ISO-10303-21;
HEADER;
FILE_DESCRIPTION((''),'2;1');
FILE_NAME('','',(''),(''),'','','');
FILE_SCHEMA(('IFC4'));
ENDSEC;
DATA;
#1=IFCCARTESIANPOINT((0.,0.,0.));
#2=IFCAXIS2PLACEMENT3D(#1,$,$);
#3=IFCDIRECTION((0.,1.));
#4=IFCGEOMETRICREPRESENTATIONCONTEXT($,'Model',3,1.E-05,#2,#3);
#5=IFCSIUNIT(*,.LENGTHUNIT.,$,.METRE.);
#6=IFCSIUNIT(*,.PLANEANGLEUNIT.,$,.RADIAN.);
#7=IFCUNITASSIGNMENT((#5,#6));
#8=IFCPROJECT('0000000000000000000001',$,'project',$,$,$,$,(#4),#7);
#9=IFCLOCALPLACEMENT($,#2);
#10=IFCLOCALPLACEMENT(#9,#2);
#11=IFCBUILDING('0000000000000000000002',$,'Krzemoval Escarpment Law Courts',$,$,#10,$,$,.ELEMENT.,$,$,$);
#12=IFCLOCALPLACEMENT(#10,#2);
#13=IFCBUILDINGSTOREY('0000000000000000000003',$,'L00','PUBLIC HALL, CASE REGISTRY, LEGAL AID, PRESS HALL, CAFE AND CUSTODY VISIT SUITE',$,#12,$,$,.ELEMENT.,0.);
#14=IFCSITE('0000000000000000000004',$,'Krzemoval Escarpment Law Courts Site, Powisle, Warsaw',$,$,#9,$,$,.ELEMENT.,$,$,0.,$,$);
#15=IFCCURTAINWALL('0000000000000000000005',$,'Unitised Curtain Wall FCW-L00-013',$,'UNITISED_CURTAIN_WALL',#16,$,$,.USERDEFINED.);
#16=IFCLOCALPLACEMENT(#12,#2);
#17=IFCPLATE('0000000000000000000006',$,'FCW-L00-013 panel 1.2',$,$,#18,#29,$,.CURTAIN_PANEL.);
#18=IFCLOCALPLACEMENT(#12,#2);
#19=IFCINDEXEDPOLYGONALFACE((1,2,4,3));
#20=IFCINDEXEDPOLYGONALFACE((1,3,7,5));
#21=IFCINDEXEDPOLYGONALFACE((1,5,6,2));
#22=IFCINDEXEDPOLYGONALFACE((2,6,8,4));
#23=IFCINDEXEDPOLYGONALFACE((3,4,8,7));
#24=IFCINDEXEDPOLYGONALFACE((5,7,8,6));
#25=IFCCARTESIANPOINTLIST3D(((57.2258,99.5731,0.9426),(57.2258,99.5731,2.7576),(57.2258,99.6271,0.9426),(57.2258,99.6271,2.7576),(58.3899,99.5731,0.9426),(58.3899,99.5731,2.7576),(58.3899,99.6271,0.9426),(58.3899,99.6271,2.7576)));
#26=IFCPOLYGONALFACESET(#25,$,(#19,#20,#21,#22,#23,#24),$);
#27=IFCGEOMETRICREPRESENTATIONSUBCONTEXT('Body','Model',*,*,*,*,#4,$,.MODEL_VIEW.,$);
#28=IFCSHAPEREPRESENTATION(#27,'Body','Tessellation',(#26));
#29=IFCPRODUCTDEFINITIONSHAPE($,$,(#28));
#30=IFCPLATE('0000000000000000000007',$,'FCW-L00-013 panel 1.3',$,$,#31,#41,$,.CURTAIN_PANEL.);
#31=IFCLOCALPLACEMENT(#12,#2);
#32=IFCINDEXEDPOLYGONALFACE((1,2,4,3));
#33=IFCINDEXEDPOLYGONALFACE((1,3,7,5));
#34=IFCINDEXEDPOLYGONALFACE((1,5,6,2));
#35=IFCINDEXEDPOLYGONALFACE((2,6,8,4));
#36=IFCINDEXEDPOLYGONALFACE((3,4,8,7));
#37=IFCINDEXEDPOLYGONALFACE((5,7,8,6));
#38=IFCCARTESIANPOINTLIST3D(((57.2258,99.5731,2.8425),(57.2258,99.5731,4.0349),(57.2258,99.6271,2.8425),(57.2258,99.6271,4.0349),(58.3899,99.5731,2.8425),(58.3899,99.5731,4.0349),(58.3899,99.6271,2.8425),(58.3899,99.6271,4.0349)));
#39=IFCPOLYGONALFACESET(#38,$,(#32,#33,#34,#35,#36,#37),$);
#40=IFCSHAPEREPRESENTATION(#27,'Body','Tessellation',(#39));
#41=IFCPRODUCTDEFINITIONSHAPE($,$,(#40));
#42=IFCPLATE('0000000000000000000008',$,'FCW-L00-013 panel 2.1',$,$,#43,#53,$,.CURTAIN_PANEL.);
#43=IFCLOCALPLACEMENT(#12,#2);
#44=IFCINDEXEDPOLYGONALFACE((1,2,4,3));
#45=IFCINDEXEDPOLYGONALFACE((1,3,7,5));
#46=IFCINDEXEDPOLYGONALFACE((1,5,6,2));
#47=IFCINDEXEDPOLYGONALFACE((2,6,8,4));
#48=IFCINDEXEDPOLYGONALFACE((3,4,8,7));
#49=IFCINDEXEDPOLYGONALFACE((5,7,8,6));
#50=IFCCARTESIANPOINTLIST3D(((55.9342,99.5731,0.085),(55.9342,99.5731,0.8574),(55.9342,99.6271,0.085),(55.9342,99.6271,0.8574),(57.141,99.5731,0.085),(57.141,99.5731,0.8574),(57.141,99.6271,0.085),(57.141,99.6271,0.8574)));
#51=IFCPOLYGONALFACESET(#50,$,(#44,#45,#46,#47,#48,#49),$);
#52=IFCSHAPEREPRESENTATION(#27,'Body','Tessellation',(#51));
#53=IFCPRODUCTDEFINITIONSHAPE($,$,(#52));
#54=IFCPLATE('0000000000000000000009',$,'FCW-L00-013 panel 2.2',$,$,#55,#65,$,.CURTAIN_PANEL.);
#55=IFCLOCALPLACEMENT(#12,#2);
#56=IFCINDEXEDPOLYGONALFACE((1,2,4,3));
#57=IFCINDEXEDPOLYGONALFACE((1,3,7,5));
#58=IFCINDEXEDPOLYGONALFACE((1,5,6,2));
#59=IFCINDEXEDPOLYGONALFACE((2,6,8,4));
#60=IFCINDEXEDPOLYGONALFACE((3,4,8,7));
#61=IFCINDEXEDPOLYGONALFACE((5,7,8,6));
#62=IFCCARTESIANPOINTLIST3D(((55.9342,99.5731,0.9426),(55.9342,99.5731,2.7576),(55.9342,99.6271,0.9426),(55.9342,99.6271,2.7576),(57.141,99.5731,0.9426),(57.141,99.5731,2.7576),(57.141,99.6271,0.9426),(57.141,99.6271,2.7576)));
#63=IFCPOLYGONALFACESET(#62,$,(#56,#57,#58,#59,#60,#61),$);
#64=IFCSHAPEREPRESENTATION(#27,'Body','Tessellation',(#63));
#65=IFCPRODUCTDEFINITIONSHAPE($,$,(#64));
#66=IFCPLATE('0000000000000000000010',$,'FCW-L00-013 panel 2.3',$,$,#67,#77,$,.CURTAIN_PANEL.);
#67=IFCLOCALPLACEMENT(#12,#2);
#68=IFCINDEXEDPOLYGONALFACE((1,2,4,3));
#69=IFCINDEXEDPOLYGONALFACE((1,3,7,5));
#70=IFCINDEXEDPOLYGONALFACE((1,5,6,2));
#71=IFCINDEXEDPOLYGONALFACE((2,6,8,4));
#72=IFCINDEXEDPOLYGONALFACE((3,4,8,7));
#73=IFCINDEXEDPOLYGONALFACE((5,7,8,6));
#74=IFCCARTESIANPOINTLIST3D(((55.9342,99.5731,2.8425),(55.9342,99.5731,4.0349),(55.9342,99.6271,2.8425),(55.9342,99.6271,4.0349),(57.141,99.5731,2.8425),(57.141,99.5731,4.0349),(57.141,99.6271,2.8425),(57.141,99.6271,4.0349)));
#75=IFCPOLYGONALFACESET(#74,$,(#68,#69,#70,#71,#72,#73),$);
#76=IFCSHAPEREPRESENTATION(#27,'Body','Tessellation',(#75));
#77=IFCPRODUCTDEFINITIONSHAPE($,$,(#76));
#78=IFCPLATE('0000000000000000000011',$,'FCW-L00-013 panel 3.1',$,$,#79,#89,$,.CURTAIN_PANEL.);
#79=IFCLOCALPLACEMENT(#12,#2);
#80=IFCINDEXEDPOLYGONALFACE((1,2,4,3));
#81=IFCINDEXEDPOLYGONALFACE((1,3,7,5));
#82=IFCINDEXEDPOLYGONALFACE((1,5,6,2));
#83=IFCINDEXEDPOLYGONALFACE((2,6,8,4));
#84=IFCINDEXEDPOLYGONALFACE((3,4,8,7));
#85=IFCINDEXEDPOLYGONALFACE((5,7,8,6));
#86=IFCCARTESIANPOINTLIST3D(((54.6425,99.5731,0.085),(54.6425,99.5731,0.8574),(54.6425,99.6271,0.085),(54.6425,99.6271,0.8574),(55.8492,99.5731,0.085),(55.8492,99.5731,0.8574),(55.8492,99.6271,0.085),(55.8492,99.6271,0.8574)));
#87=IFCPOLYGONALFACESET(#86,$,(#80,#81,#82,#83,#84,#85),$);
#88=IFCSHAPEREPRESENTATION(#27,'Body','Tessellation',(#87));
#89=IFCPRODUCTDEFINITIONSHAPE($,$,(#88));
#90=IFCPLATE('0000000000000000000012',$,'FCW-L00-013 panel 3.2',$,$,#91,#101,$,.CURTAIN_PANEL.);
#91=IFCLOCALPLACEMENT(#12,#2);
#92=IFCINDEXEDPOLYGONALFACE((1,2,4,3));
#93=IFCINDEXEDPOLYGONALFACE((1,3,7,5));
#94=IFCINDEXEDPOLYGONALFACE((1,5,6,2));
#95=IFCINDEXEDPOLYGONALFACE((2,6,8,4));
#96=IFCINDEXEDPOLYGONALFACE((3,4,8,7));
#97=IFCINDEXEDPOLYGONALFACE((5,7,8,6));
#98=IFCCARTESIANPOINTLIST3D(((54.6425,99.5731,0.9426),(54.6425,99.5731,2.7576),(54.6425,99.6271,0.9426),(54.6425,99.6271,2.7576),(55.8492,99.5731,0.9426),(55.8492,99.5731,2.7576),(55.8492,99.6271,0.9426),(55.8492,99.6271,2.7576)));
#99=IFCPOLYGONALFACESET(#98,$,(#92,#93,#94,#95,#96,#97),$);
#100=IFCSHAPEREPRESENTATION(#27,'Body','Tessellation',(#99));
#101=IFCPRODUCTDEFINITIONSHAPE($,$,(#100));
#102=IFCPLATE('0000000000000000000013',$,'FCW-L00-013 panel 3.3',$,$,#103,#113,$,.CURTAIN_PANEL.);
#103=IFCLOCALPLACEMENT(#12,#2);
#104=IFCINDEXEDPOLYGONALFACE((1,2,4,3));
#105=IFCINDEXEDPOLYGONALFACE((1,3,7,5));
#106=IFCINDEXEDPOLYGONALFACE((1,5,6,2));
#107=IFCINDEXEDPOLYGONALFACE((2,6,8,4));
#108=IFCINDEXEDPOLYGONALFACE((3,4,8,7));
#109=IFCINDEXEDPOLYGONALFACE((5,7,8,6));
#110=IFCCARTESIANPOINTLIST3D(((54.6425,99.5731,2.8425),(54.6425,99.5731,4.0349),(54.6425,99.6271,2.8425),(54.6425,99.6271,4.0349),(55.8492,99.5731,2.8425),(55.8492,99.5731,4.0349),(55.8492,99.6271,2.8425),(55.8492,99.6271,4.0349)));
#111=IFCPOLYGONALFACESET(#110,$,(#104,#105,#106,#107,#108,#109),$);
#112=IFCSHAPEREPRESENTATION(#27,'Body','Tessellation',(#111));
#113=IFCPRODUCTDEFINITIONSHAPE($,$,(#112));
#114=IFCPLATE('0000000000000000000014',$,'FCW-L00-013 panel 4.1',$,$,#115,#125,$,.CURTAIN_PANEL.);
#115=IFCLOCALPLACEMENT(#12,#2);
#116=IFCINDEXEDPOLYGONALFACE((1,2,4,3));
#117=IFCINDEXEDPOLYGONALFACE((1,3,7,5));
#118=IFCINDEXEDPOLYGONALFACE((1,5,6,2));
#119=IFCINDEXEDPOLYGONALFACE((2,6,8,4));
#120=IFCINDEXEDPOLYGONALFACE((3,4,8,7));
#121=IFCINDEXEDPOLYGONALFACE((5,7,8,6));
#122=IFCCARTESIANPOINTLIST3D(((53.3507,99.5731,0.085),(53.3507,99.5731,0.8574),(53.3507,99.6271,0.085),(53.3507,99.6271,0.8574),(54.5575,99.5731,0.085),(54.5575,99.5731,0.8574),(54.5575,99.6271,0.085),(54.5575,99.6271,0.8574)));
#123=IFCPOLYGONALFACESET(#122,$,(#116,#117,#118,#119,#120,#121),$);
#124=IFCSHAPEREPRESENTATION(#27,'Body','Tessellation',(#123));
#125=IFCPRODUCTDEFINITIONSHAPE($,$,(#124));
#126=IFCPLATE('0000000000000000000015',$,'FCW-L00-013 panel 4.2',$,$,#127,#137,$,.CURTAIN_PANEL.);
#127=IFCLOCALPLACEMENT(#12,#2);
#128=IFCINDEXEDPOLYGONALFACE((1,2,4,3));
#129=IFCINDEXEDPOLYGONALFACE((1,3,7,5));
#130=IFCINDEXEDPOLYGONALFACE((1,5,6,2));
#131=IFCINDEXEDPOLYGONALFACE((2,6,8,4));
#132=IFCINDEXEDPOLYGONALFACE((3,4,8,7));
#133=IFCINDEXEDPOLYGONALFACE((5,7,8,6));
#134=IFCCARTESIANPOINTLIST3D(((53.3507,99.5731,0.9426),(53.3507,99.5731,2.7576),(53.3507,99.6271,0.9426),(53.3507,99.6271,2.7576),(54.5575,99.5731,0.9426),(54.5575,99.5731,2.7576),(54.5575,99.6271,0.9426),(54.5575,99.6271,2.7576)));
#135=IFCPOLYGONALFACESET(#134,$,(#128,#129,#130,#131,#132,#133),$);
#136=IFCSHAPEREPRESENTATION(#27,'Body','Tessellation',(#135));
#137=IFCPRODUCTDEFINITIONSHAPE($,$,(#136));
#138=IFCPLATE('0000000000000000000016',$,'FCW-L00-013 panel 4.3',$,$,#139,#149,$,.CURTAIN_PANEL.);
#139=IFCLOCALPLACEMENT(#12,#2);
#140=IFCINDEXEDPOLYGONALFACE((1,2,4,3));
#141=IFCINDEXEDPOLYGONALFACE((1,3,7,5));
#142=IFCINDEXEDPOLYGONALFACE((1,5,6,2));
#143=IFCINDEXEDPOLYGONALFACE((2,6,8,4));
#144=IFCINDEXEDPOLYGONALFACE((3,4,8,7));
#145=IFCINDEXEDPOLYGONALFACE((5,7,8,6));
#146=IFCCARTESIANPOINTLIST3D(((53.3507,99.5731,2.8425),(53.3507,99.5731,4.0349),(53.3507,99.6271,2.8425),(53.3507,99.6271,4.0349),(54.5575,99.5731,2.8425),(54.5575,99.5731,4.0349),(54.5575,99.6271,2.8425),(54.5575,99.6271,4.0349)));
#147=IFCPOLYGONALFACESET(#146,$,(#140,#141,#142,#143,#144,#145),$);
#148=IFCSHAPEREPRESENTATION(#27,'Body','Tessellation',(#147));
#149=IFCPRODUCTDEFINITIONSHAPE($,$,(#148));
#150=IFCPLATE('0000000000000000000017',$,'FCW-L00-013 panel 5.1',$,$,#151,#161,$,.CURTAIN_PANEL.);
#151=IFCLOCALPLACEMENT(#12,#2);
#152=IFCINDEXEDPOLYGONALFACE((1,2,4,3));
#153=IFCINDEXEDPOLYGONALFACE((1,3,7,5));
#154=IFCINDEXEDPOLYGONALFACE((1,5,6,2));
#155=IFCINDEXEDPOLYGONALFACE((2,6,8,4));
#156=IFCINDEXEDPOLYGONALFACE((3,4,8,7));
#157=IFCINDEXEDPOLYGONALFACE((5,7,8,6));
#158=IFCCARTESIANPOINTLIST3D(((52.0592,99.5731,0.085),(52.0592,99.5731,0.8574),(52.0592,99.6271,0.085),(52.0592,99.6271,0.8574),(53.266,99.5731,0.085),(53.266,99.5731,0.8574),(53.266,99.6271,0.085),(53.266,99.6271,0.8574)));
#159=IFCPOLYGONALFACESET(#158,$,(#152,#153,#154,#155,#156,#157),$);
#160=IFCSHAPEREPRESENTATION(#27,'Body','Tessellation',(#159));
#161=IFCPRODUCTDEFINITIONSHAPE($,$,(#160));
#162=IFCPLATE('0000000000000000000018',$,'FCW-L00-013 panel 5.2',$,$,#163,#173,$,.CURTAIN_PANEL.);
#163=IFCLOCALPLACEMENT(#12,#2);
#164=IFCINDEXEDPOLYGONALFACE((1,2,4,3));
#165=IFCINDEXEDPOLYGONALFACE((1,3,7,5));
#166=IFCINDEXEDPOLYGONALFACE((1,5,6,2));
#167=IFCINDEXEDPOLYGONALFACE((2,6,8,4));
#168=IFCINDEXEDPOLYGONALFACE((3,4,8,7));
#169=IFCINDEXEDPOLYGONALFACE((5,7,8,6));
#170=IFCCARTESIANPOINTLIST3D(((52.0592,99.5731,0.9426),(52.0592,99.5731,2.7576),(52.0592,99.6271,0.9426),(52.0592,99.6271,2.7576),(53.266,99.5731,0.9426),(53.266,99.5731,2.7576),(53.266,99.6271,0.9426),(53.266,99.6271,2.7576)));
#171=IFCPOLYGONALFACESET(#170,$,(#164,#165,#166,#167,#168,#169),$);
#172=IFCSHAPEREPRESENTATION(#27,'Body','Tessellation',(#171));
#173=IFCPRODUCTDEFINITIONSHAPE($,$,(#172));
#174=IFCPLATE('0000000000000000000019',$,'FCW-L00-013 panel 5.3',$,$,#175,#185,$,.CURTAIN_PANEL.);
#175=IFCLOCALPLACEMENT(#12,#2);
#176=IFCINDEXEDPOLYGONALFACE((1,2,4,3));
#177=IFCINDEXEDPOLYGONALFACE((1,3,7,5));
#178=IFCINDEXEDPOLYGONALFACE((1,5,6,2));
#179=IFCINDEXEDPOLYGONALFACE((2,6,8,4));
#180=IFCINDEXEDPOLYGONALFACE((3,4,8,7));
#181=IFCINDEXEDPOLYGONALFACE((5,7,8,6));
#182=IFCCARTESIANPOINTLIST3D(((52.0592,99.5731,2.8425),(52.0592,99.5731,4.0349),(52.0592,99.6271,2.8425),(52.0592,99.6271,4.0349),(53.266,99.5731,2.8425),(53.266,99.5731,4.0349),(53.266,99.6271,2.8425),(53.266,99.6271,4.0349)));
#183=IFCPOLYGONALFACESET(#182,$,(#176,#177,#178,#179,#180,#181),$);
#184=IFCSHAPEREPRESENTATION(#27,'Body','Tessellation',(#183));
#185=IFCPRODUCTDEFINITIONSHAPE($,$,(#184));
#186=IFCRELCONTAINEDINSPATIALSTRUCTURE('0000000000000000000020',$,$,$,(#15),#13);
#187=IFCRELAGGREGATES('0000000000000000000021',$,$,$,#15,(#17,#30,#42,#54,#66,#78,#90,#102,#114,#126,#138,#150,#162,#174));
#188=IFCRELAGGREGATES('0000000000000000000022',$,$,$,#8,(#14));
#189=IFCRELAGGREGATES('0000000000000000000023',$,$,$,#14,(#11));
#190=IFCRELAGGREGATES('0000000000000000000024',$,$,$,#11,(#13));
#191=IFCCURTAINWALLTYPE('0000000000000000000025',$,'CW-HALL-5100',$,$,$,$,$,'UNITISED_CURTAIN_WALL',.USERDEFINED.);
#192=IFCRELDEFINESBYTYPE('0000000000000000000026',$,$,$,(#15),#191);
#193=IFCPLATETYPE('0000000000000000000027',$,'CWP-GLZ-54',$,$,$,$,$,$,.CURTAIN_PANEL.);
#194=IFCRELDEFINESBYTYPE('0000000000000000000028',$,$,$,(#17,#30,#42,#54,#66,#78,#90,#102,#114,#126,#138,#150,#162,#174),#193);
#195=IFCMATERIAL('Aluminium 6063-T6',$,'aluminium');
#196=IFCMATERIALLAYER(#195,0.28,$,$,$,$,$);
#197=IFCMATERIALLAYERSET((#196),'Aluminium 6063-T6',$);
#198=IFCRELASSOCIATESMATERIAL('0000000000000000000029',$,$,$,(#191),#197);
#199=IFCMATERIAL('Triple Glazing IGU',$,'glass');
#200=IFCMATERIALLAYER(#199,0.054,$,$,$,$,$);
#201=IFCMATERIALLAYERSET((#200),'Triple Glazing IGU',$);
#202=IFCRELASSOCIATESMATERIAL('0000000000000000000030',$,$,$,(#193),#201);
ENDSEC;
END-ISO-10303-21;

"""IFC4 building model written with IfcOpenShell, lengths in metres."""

from ifc_helpers import new_model, si_unit, direction, frame, origin, origin_2d, place, context, subcontext, project, spatial, rectangle, extrude, material, layer, layer_set, type_object, element, aggregate, save


model = new_model("IFC4")

# Units and contexts
model_context = context("Model", 3, precision=1e-05, world=origin(), true_north=direction((0.0, 1.0)))
body_context = subcontext(model_context, "Body", "Model", "MODEL_VIEW")
ifc_project = project(units=[si_unit("LENGTHUNIT", "METRE"), si_unit("PLANEANGLEUNIT", "RADIAN")], contexts=[model_context])

# Site, building, storey
site_placement = place(None, origin())
site = spatial("IfcSite", under=ifc_project, at=site_placement, Name="Krzemoval Escarpment Law Courts Site, Powisle, Warsaw", CompositionType="ELEMENT", RefElevation=0.0)
building_placement = place(site_placement, origin())
building = spatial("IfcBuilding", under=site, at=building_placement, Name="Krzemoval Escarpment Law Courts", CompositionType="ELEMENT")
storey_placement = place(building_placement, origin())
storey = spatial("IfcBuildingStorey", under=building, at=storey_placement, Name="L00", Description="PUBLIC HALL, CASE REGISTRY, LEGAL AID, PRESS HALL, CAFE AND CUSTODY VISIT SUITE", CompositionType="ELEMENT", Elevation=0.0)

# Curtain wall, plates
ifc_material_1 = material(Name="Aluminium 6063-T6", Category="aluminium")
ifc_layer_1 = layer(ifc_material_1, 0.28)
ifc_layer_set_1 = layer_set([ifc_layer_1], Name="Aluminium 6063-T6")
curtain_wall_type = type_object("IfcCurtainWallType", Name="CW-HALL-5100", ElementType="UNITISED_CURTAIN_WALL", PredefinedType="USERDEFINED", material=ifc_layer_set_1)
curtain_wall_placement = place(storey_placement, origin())
curtain_wall = element("IfcCurtainWall", 1, at=curtain_wall_placement, inside=storey, type_object=curtain_wall_type, Name="Unitised Curtain Wall FCW-L00-013", ObjectType="UNITISED_CURTAIN_WALL", PredefinedType="USERDEFINED")
ifc_material_2 = material(Name="Triple Glazing IGU", Category="glass")
ifc_layer_2 = layer(ifc_material_2, 0.054)
ifc_layer_set_2 = layer_set([ifc_layer_2], Name="Triple Glazing IGU")
plate_type = type_object("IfcPlateType", Name="CWP-GLZ-54", PredefinedType="CURTAIN_PANEL", material=ifc_layer_set_2)
plate_1_placement = place(storey_placement, frame((57.8079, 99.6001, 0.9426), z_axis=(0.0, 0.0, 1.0), x_axis=(-1.0, 0.0, 0.0)))
plate_1 = element("IfcPlate", 2, at=plate_1_placement, type_object=plate_type, Name="FCW-L00-013 panel 1.2", PredefinedType="CURTAIN_PANEL", context=body_context, shape_type="SweptSolid", body=[
    extrude(rectangle(XDim=1.1641, YDim=0.054, at=origin_2d()), origin(), (0.0, 0.0, 1.0), 1.8149),
])
plate_2_placement = place(storey_placement, frame((57.8079, 99.6001, 2.8425), z_axis=(0.0, 0.0, 1.0), x_axis=(-1.0, 0.0, 0.0)))
plate_2 = element("IfcPlate", 3, at=plate_2_placement, type_object=plate_type, Name="FCW-L00-013 panel 1.3", PredefinedType="CURTAIN_PANEL", context=body_context, shape_type="SweptSolid", body=[
    extrude(rectangle(XDim=1.1641, YDim=0.054, at=origin_2d()), origin(), (0.0, 0.0, 1.0), 1.1924),
])
plate_3_placement = place(storey_placement, frame((56.5376, 99.6001, 0.085), z_axis=(0.0, 0.0, 1.0), x_axis=(-1.0, 0.0, 0.0)))
plate_3 = element("IfcPlate", 4, at=plate_3_placement, type_object=plate_type, Name="FCW-L00-013 panel 2.1", PredefinedType="CURTAIN_PANEL", context=body_context, shape_type="SweptSolid", body=[
    extrude(rectangle(XDim=1.2068, YDim=0.054, at=origin_2d()), origin(), (0.0, 0.0, 1.0), 0.7725),
])
plate_4_placement = place(storey_placement, frame((56.5376, 99.6001, 0.9426), z_axis=(0.0, 0.0, 1.0), x_axis=(-1.0, 0.0, 0.0)))
plate_4 = element("IfcPlate", 5, at=plate_4_placement, type_object=plate_type, Name="FCW-L00-013 panel 2.2", PredefinedType="CURTAIN_PANEL", context=body_context, shape_type="SweptSolid", body=[
    extrude(rectangle(XDim=1.2068, YDim=0.054, at=origin_2d()), origin(), (0.0, 0.0, 1.0), 1.8149),
])
plate_5_placement = place(storey_placement, frame((56.5376, 99.6001, 2.8425), z_axis=(0.0, 0.0, 1.0), x_axis=(-1.0, 0.0, 0.0)))
plate_5 = element("IfcPlate", 6, at=plate_5_placement, type_object=plate_type, Name="FCW-L00-013 panel 2.3", PredefinedType="CURTAIN_PANEL", context=body_context, shape_type="SweptSolid", body=[
    extrude(rectangle(XDim=1.2068, YDim=0.054, at=origin_2d()), origin(), (0.0, 0.0, 1.0), 1.1924),
])
plate_6_placement = place(storey_placement, frame((55.2458, 99.6001, 0.085), z_axis=(0.0, 0.0, 1.0), x_axis=(-1.0, 0.0, 0.0)))
plate_6 = element("IfcPlate", 7, at=plate_6_placement, type_object=plate_type, Name="FCW-L00-013 panel 3.1", PredefinedType="CURTAIN_PANEL", context=body_context, shape_type="SweptSolid", body=[
    extrude(rectangle(XDim=1.2068, YDim=0.054, at=origin_2d()), origin(), (0.0, 0.0, 1.0), 0.7725),
])
plate_7_placement = place(storey_placement, frame((55.2458, 99.6001, 0.9426), z_axis=(0.0, 0.0, 1.0), x_axis=(-1.0, 0.0, 0.0)))
plate_7 = element("IfcPlate", 8, at=plate_7_placement, type_object=plate_type, Name="FCW-L00-013 panel 3.2", PredefinedType="CURTAIN_PANEL", context=body_context, shape_type="SweptSolid", body=[
    extrude(rectangle(XDim=1.2068, YDim=0.054, at=origin_2d()), origin(), (0.0, 0.0, 1.0), 1.8149),
])
plate_8_placement = place(storey_placement, frame((55.2458, 99.6001, 2.8425), z_axis=(0.0, 0.0, 1.0), x_axis=(-1.0, 0.0, 0.0)))
plate_8 = element("IfcPlate", 9, at=plate_8_placement, type_object=plate_type, Name="FCW-L00-013 panel 3.3", PredefinedType="CURTAIN_PANEL", context=body_context, shape_type="SweptSolid", body=[
    extrude(rectangle(XDim=1.2068, YDim=0.054, at=origin_2d()), origin(), (0.0, 0.0, 1.0), 1.1924),
])
plate_9_placement = place(storey_placement, frame((53.9541, 99.6001, 0.085), z_axis=(0.0, 0.0, 1.0), x_axis=(-1.0, 0.0, 0.0)))
plate_9 = element("IfcPlate", 10, at=plate_9_placement, type_object=plate_type, Name="FCW-L00-013 panel 4.1", PredefinedType="CURTAIN_PANEL", context=body_context, shape_type="SweptSolid", body=[
    extrude(rectangle(XDim=1.2068, YDim=0.054, at=origin_2d()), origin(), (0.0, 0.0, 1.0), 0.7725),
])
plate_10_placement = place(storey_placement, frame((53.9541, 99.6001, 0.9426), z_axis=(0.0, 0.0, 1.0), x_axis=(-1.0, 0.0, 0.0)))
plate_10 = element("IfcPlate", 11, at=plate_10_placement, type_object=plate_type, Name="FCW-L00-013 panel 4.2", PredefinedType="CURTAIN_PANEL", context=body_context, shape_type="SweptSolid", body=[
    extrude(rectangle(XDim=1.2068, YDim=0.054, at=origin_2d()), origin(), (0.0, 0.0, 1.0), 1.8149),
])
plate_11_placement = place(storey_placement, frame((53.9541, 99.6001, 2.8425), z_axis=(0.0, 0.0, 1.0), x_axis=(-1.0, 0.0, 0.0)))
plate_11 = element("IfcPlate", 12, at=plate_11_placement, type_object=plate_type, Name="FCW-L00-013 panel 4.3", PredefinedType="CURTAIN_PANEL", context=body_context, shape_type="SweptSolid", body=[
    extrude(rectangle(XDim=1.2068, YDim=0.054, at=origin_2d()), origin(), (0.0, 0.0, 1.0), 1.1924),
])
plate_12_placement = place(storey_placement, frame((52.6626, 99.6001, 0.085), z_axis=(0.0, 0.0, 1.0), x_axis=(-1.0, 0.0, 0.0)))
plate_12 = element("IfcPlate", 13, at=plate_12_placement, type_object=plate_type, Name="FCW-L00-013 panel 5.1", PredefinedType="CURTAIN_PANEL", context=body_context, shape_type="SweptSolid", body=[
    extrude(rectangle(XDim=1.2068, YDim=0.054, at=origin_2d()), origin(), (0.0, 0.0, 1.0), 0.7725),
])
plate_13_placement = place(storey_placement, frame((52.6626, 99.6001, 0.9426), z_axis=(0.0, 0.0, 1.0), x_axis=(-1.0, 0.0, 0.0)))
plate_13 = element("IfcPlate", 14, at=plate_13_placement, type_object=plate_type, Name="FCW-L00-013 panel 5.2", PredefinedType="CURTAIN_PANEL", context=body_context, shape_type="SweptSolid", body=[
    extrude(rectangle(XDim=1.2068, YDim=0.054, at=origin_2d()), origin(), (0.0, 0.0, 1.0), 1.8149),
])
plate_14_placement = place(storey_placement, frame((52.6626, 99.6001, 2.8425), z_axis=(0.0, 0.0, 1.0), x_axis=(-1.0, 0.0, 0.0)))
plate_14 = element("IfcPlate", 15, at=plate_14_placement, type_object=plate_type, Name="FCW-L00-013 panel 5.3", PredefinedType="CURTAIN_PANEL", context=body_context, shape_type="SweptSolid", body=[
    extrude(rectangle(XDim=1.2068, YDim=0.054, at=origin_2d()), origin(), (0.0, 0.0, 1.0), 1.1924),
])
aggregate(curtain_wall, [plate_1, plate_2, plate_3, plate_4, plate_5, plate_6, plate_7, plate_8, plate_9, plate_10, plate_11, plate_12, plate_13, plate_14])

save(model, "model.ifc")
